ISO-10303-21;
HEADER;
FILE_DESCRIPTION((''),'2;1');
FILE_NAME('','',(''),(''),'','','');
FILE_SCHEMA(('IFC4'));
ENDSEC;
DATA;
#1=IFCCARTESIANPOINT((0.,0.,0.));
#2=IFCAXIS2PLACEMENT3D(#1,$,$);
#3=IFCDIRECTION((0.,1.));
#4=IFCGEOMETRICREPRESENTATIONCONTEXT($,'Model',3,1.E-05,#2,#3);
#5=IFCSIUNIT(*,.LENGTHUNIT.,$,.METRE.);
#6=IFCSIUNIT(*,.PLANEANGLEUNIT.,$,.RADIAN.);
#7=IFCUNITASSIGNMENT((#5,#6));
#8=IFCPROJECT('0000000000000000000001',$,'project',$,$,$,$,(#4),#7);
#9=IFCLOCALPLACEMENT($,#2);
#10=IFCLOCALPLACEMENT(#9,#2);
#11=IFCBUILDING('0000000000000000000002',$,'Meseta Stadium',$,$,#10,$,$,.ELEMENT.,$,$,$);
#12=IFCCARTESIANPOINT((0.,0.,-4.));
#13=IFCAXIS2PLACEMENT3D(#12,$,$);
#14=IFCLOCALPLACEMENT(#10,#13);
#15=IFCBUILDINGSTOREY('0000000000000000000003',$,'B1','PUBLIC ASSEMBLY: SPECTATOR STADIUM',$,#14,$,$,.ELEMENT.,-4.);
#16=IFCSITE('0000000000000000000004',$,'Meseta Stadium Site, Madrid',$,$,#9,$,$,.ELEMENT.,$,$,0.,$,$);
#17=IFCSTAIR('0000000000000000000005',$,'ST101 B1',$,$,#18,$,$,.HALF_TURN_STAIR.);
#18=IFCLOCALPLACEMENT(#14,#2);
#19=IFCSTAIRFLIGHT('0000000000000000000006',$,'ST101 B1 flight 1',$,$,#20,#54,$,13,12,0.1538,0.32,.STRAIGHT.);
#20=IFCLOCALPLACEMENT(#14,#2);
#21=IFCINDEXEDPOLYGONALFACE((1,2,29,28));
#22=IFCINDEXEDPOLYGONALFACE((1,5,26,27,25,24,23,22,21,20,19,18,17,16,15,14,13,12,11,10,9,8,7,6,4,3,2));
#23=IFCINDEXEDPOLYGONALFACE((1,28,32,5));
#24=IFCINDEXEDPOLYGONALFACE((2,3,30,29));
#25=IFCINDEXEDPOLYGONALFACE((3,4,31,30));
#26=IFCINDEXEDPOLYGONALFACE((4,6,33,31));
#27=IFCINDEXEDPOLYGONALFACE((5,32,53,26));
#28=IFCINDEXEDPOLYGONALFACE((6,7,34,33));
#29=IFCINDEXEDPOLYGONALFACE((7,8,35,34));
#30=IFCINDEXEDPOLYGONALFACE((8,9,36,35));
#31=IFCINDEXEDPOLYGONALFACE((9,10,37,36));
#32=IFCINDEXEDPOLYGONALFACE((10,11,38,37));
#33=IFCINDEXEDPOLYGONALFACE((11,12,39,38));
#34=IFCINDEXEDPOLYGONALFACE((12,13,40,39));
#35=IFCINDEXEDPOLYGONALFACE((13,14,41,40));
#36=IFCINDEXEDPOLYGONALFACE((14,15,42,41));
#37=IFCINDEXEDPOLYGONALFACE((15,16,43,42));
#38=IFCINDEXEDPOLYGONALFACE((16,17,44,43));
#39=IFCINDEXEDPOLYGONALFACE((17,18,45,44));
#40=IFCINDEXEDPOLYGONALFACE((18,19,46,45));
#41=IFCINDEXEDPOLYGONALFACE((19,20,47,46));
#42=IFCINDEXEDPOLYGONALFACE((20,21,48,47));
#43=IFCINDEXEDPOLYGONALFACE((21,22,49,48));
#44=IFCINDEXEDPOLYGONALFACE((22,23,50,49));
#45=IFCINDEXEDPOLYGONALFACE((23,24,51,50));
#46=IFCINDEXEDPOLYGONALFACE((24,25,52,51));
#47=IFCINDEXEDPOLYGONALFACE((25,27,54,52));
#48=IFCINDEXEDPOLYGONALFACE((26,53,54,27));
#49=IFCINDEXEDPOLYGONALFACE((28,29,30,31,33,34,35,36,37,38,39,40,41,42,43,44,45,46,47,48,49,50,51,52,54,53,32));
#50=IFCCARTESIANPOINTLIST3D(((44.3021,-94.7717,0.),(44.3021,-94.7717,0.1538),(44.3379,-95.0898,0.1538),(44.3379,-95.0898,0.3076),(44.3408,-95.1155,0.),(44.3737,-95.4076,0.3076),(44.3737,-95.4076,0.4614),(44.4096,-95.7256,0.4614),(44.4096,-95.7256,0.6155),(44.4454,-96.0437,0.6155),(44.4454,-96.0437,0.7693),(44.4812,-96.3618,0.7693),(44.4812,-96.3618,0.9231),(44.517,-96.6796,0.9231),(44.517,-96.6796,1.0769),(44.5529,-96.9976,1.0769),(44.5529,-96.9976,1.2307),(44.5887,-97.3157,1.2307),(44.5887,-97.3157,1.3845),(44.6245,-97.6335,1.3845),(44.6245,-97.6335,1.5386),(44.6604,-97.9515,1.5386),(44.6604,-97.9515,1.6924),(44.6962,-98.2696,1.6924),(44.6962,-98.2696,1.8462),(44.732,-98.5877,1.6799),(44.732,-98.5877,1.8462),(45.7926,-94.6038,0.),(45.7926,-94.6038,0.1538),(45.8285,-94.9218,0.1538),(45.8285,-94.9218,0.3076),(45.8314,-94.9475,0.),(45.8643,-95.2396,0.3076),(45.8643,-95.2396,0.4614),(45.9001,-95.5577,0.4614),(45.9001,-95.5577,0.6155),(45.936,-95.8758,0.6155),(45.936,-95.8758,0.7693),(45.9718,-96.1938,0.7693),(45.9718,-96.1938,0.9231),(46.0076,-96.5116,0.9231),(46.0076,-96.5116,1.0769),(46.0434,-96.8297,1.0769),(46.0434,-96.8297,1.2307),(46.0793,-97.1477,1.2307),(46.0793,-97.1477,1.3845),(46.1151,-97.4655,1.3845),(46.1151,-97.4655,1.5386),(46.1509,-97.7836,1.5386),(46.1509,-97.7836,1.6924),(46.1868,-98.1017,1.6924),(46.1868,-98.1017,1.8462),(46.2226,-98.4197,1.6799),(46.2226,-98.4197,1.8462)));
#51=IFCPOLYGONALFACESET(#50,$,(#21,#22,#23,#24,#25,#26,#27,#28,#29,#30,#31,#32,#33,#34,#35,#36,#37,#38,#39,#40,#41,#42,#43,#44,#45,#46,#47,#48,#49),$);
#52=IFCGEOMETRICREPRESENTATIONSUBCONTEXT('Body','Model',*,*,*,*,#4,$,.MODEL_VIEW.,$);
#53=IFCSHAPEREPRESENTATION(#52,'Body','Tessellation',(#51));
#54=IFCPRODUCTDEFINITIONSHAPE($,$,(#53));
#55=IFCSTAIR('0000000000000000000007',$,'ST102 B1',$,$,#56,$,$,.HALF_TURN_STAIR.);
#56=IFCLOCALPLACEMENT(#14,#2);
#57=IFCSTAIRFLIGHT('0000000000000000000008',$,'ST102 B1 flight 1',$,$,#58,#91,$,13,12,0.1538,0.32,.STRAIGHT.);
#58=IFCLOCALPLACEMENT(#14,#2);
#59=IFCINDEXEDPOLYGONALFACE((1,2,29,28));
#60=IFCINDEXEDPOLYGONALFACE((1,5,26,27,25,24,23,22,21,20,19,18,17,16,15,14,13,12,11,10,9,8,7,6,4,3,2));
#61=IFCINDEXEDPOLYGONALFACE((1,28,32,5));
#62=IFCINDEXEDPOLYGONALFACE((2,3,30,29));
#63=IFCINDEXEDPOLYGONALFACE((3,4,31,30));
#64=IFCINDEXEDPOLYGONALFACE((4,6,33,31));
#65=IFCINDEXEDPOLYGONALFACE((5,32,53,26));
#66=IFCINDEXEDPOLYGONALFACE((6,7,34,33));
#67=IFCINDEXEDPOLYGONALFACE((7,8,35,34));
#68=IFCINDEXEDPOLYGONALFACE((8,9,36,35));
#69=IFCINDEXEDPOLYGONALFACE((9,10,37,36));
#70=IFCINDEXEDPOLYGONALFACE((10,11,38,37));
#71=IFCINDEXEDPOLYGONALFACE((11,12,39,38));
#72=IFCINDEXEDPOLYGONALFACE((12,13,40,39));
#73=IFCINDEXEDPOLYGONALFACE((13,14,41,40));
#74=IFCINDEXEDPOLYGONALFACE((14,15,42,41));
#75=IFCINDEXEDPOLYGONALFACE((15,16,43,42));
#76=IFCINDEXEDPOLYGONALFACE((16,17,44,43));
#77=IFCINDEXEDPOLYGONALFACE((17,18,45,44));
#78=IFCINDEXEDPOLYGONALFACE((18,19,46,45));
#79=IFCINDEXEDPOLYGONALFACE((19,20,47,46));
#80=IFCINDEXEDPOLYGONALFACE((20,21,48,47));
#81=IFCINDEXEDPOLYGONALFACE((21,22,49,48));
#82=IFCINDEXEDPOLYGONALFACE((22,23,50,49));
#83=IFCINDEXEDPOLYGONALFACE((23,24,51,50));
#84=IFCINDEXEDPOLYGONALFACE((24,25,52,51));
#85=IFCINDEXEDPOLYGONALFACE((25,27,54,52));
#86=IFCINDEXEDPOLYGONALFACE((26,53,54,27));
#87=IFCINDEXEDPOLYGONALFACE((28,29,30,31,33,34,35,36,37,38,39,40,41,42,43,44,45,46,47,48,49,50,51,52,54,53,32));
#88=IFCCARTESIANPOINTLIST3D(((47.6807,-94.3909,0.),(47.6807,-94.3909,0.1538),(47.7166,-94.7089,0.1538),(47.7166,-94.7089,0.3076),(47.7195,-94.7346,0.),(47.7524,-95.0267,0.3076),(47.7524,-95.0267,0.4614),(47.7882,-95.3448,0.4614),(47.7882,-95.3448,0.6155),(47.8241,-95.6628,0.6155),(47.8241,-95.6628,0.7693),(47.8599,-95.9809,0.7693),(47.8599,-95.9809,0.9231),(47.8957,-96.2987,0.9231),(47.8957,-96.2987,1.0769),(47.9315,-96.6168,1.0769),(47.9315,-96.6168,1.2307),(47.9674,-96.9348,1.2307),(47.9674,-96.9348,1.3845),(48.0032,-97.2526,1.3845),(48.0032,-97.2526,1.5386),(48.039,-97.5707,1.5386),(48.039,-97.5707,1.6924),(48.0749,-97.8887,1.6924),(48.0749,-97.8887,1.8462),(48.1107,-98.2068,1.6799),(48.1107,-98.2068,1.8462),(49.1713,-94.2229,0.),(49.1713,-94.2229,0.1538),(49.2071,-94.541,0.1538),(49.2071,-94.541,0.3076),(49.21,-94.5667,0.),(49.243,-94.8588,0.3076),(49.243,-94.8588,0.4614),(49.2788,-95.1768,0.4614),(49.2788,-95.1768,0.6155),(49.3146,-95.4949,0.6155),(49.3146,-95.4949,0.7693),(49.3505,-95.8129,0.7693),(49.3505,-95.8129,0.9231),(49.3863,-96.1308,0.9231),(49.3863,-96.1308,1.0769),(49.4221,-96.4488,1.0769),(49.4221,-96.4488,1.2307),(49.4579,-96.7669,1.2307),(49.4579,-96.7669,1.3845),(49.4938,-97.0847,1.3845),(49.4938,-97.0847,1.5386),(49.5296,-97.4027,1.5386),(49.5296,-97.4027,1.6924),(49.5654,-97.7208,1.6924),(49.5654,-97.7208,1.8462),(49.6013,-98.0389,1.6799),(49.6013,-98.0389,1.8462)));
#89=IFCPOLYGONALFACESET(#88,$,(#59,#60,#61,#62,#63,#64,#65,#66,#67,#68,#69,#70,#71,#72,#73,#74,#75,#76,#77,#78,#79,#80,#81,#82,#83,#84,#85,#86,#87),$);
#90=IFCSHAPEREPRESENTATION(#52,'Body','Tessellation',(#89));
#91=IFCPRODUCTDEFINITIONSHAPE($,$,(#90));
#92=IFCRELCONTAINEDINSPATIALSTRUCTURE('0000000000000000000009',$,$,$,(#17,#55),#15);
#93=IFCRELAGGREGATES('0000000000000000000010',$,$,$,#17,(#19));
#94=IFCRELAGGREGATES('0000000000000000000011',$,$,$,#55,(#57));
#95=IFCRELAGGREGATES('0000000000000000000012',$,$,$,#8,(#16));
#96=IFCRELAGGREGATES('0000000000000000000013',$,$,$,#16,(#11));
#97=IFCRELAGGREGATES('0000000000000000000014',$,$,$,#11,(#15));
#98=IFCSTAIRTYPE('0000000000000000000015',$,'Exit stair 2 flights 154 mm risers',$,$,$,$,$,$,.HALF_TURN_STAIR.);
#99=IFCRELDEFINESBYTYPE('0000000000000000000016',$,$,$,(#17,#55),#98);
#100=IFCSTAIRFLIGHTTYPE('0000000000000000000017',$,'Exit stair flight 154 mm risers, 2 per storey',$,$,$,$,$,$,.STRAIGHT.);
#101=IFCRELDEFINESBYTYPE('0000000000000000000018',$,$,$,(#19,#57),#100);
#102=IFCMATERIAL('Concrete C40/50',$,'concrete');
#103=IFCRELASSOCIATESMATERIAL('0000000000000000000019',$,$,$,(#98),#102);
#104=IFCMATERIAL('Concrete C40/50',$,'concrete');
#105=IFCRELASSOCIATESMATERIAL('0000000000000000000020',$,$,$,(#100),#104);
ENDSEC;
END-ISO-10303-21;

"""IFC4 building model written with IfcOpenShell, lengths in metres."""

from ifc_helpers import new_model, si_unit, direction, frame, origin, place, context, subcontext, project, spatial, polyline, outline, extrude, material, type_object, element, aggregate, save


model = new_model("IFC4")

# Units and contexts
model_context = context("Model", 3, precision=1e-05, world=origin(), true_north=direction((0.0, 1.0)))
body_context = subcontext(model_context, "Body", "Model", "MODEL_VIEW")
ifc_project = project(units=[si_unit("LENGTHUNIT", "METRE"), si_unit("PLANEANGLEUNIT", "RADIAN")], contexts=[model_context])

# Site, building, storey
site_placement = place(None, origin())
site = spatial("IfcSite", under=ifc_project, at=site_placement, Name="Meseta Stadium Site, Madrid", CompositionType="ELEMENT", RefElevation=0.0)
building_placement = place(site_placement, origin())
building = spatial("IfcBuilding", under=site, at=building_placement, Name="Meseta Stadium", CompositionType="ELEMENT")
storey_placement = place(building_placement, frame((0.0, 0.0, -4.0)))
storey = spatial("IfcBuildingStorey", under=building, at=storey_placement, Name="B1", Description="PUBLIC ASSEMBLY: SPECTATOR STADIUM", CompositionType="ELEMENT", Elevation=-4.0)

# Stairs, stair flights
ifc_material_1 = material(Name="Concrete C40/50", Category="concrete")
stair_type = type_object("IfcStairType", Name="Exit stair 2 flights 154 mm risers", PredefinedType="HALF_TURN_STAIR", material=ifc_material_1)
stair_1_placement = place(storey_placement, origin())
stair_1 = element("IfcStair", 1, at=stair_1_placement, inside=storey, type_object=stair_type, Name="ST101 B1", PredefinedType="HALF_TURN_STAIR")
ifc_material_2 = material(Name="Concrete C40/50", Category="concrete")
stair_flight_type = type_object("IfcStairFlightType", Name="Exit stair flight 154 mm risers, 2 per storey", PredefinedType="STRAIGHT", material=ifc_material_2)
stair_flight_1_placement = place(storey_placement, frame((45.0474, -94.6877, 0.0), z_axis=(0.0, 0.0, 1.0), x_axis=(0.111964, -0.993712, 0.0)))
stair_flight_1 = element("IfcStairFlight", 2, at=stair_flight_1_placement, type_object=stair_flight_type, Name="ST101 B1 flight 1", NumberOfRisers=13, NumberOfTreads=12, PredefinedType="STRAIGHT", RiserHeight=0.1538, TreadLength=0.32, context=body_context, shape_type="SweptSolid", body=[
    extrude(outline(polyline([(0.0, 0.0), (0.0, 0.1538), (0.3201, 0.1538), (0.3201, 0.3076), (0.6399, 0.3076), (0.6399, 0.4614), (0.96, 0.4614), (0.96, 0.6155), (1.28, 0.6155), (1.28, 0.7693), (1.6001, 0.7693), (1.6001, 0.9231), (1.9199, 0.9231), (1.9199, 1.0769), (2.24, 1.0769), (2.24, 1.2307), (2.5601, 1.2307), (2.5601, 1.3845), (2.8799, 1.3845), (2.8799, 1.5386), (3.2, 1.5386), (3.2, 1.6924), (3.52, 1.6924), (3.52, 1.8462), (3.8401, 1.8462), (3.8401, 1.6799), (0.3459, 0.0), (0.0, 0.0)])), frame((0.0, 0.75, 0.0), z_axis=(0.0, -1.0, 0.0), x_axis=(1.0, 0.0, 0.0)), (0.0, 0.0, 1.0), 1.5),
])
aggregate(stair_1, [stair_flight_1])
stair_2_placement = place(storey_placement, origin())
stair_2 = element("IfcStair", 3, at=stair_2_placement, inside=storey, type_object=stair_type, Name="ST102 B1", PredefinedType="HALF_TURN_STAIR")
stair_flight_2_placement = place(storey_placement, frame((48.426, -94.3069, 0.0), z_axis=(0.0, 0.0, 1.0), x_axis=(0.111964, -0.993712, 0.0)))
stair_flight_2 = element("IfcStairFlight", 4, at=stair_flight_2_placement, type_object=stair_flight_type, Name="ST102 B1 flight 1", NumberOfRisers=13, NumberOfTreads=12, PredefinedType="STRAIGHT", RiserHeight=0.1538, TreadLength=0.32, context=body_context, shape_type="SweptSolid", body=[
    extrude(outline(polyline([(0.0, 0.0), (0.0, 0.1538), (0.3201, 0.1538), (0.3201, 0.3076), (0.6399, 0.3076), (0.6399, 0.4614), (0.96, 0.4614), (0.96, 0.6155), (1.28, 0.6155), (1.28, 0.7693), (1.6001, 0.7693), (1.6001, 0.9231), (1.9199, 0.9231), (1.9199, 1.0769), (2.24, 1.0769), (2.24, 1.2307), (2.5601, 1.2307), (2.5601, 1.3845), (2.8799, 1.3845), (2.8799, 1.5386), (3.2, 1.5386), (3.2, 1.6924), (3.52, 1.6924), (3.52, 1.8462), (3.8401, 1.8462), (3.8401, 1.6799), (0.3459, 0.0), (0.0, 0.0)])), frame((0.0, 0.75, 0.0), z_axis=(0.0, -1.0, 0.0), x_axis=(1.0, 0.0, 0.0)), (0.0, 0.0, 1.0), 1.5),
])
aggregate(stair_2, [stair_flight_2])

save(model, "model.ifc")
